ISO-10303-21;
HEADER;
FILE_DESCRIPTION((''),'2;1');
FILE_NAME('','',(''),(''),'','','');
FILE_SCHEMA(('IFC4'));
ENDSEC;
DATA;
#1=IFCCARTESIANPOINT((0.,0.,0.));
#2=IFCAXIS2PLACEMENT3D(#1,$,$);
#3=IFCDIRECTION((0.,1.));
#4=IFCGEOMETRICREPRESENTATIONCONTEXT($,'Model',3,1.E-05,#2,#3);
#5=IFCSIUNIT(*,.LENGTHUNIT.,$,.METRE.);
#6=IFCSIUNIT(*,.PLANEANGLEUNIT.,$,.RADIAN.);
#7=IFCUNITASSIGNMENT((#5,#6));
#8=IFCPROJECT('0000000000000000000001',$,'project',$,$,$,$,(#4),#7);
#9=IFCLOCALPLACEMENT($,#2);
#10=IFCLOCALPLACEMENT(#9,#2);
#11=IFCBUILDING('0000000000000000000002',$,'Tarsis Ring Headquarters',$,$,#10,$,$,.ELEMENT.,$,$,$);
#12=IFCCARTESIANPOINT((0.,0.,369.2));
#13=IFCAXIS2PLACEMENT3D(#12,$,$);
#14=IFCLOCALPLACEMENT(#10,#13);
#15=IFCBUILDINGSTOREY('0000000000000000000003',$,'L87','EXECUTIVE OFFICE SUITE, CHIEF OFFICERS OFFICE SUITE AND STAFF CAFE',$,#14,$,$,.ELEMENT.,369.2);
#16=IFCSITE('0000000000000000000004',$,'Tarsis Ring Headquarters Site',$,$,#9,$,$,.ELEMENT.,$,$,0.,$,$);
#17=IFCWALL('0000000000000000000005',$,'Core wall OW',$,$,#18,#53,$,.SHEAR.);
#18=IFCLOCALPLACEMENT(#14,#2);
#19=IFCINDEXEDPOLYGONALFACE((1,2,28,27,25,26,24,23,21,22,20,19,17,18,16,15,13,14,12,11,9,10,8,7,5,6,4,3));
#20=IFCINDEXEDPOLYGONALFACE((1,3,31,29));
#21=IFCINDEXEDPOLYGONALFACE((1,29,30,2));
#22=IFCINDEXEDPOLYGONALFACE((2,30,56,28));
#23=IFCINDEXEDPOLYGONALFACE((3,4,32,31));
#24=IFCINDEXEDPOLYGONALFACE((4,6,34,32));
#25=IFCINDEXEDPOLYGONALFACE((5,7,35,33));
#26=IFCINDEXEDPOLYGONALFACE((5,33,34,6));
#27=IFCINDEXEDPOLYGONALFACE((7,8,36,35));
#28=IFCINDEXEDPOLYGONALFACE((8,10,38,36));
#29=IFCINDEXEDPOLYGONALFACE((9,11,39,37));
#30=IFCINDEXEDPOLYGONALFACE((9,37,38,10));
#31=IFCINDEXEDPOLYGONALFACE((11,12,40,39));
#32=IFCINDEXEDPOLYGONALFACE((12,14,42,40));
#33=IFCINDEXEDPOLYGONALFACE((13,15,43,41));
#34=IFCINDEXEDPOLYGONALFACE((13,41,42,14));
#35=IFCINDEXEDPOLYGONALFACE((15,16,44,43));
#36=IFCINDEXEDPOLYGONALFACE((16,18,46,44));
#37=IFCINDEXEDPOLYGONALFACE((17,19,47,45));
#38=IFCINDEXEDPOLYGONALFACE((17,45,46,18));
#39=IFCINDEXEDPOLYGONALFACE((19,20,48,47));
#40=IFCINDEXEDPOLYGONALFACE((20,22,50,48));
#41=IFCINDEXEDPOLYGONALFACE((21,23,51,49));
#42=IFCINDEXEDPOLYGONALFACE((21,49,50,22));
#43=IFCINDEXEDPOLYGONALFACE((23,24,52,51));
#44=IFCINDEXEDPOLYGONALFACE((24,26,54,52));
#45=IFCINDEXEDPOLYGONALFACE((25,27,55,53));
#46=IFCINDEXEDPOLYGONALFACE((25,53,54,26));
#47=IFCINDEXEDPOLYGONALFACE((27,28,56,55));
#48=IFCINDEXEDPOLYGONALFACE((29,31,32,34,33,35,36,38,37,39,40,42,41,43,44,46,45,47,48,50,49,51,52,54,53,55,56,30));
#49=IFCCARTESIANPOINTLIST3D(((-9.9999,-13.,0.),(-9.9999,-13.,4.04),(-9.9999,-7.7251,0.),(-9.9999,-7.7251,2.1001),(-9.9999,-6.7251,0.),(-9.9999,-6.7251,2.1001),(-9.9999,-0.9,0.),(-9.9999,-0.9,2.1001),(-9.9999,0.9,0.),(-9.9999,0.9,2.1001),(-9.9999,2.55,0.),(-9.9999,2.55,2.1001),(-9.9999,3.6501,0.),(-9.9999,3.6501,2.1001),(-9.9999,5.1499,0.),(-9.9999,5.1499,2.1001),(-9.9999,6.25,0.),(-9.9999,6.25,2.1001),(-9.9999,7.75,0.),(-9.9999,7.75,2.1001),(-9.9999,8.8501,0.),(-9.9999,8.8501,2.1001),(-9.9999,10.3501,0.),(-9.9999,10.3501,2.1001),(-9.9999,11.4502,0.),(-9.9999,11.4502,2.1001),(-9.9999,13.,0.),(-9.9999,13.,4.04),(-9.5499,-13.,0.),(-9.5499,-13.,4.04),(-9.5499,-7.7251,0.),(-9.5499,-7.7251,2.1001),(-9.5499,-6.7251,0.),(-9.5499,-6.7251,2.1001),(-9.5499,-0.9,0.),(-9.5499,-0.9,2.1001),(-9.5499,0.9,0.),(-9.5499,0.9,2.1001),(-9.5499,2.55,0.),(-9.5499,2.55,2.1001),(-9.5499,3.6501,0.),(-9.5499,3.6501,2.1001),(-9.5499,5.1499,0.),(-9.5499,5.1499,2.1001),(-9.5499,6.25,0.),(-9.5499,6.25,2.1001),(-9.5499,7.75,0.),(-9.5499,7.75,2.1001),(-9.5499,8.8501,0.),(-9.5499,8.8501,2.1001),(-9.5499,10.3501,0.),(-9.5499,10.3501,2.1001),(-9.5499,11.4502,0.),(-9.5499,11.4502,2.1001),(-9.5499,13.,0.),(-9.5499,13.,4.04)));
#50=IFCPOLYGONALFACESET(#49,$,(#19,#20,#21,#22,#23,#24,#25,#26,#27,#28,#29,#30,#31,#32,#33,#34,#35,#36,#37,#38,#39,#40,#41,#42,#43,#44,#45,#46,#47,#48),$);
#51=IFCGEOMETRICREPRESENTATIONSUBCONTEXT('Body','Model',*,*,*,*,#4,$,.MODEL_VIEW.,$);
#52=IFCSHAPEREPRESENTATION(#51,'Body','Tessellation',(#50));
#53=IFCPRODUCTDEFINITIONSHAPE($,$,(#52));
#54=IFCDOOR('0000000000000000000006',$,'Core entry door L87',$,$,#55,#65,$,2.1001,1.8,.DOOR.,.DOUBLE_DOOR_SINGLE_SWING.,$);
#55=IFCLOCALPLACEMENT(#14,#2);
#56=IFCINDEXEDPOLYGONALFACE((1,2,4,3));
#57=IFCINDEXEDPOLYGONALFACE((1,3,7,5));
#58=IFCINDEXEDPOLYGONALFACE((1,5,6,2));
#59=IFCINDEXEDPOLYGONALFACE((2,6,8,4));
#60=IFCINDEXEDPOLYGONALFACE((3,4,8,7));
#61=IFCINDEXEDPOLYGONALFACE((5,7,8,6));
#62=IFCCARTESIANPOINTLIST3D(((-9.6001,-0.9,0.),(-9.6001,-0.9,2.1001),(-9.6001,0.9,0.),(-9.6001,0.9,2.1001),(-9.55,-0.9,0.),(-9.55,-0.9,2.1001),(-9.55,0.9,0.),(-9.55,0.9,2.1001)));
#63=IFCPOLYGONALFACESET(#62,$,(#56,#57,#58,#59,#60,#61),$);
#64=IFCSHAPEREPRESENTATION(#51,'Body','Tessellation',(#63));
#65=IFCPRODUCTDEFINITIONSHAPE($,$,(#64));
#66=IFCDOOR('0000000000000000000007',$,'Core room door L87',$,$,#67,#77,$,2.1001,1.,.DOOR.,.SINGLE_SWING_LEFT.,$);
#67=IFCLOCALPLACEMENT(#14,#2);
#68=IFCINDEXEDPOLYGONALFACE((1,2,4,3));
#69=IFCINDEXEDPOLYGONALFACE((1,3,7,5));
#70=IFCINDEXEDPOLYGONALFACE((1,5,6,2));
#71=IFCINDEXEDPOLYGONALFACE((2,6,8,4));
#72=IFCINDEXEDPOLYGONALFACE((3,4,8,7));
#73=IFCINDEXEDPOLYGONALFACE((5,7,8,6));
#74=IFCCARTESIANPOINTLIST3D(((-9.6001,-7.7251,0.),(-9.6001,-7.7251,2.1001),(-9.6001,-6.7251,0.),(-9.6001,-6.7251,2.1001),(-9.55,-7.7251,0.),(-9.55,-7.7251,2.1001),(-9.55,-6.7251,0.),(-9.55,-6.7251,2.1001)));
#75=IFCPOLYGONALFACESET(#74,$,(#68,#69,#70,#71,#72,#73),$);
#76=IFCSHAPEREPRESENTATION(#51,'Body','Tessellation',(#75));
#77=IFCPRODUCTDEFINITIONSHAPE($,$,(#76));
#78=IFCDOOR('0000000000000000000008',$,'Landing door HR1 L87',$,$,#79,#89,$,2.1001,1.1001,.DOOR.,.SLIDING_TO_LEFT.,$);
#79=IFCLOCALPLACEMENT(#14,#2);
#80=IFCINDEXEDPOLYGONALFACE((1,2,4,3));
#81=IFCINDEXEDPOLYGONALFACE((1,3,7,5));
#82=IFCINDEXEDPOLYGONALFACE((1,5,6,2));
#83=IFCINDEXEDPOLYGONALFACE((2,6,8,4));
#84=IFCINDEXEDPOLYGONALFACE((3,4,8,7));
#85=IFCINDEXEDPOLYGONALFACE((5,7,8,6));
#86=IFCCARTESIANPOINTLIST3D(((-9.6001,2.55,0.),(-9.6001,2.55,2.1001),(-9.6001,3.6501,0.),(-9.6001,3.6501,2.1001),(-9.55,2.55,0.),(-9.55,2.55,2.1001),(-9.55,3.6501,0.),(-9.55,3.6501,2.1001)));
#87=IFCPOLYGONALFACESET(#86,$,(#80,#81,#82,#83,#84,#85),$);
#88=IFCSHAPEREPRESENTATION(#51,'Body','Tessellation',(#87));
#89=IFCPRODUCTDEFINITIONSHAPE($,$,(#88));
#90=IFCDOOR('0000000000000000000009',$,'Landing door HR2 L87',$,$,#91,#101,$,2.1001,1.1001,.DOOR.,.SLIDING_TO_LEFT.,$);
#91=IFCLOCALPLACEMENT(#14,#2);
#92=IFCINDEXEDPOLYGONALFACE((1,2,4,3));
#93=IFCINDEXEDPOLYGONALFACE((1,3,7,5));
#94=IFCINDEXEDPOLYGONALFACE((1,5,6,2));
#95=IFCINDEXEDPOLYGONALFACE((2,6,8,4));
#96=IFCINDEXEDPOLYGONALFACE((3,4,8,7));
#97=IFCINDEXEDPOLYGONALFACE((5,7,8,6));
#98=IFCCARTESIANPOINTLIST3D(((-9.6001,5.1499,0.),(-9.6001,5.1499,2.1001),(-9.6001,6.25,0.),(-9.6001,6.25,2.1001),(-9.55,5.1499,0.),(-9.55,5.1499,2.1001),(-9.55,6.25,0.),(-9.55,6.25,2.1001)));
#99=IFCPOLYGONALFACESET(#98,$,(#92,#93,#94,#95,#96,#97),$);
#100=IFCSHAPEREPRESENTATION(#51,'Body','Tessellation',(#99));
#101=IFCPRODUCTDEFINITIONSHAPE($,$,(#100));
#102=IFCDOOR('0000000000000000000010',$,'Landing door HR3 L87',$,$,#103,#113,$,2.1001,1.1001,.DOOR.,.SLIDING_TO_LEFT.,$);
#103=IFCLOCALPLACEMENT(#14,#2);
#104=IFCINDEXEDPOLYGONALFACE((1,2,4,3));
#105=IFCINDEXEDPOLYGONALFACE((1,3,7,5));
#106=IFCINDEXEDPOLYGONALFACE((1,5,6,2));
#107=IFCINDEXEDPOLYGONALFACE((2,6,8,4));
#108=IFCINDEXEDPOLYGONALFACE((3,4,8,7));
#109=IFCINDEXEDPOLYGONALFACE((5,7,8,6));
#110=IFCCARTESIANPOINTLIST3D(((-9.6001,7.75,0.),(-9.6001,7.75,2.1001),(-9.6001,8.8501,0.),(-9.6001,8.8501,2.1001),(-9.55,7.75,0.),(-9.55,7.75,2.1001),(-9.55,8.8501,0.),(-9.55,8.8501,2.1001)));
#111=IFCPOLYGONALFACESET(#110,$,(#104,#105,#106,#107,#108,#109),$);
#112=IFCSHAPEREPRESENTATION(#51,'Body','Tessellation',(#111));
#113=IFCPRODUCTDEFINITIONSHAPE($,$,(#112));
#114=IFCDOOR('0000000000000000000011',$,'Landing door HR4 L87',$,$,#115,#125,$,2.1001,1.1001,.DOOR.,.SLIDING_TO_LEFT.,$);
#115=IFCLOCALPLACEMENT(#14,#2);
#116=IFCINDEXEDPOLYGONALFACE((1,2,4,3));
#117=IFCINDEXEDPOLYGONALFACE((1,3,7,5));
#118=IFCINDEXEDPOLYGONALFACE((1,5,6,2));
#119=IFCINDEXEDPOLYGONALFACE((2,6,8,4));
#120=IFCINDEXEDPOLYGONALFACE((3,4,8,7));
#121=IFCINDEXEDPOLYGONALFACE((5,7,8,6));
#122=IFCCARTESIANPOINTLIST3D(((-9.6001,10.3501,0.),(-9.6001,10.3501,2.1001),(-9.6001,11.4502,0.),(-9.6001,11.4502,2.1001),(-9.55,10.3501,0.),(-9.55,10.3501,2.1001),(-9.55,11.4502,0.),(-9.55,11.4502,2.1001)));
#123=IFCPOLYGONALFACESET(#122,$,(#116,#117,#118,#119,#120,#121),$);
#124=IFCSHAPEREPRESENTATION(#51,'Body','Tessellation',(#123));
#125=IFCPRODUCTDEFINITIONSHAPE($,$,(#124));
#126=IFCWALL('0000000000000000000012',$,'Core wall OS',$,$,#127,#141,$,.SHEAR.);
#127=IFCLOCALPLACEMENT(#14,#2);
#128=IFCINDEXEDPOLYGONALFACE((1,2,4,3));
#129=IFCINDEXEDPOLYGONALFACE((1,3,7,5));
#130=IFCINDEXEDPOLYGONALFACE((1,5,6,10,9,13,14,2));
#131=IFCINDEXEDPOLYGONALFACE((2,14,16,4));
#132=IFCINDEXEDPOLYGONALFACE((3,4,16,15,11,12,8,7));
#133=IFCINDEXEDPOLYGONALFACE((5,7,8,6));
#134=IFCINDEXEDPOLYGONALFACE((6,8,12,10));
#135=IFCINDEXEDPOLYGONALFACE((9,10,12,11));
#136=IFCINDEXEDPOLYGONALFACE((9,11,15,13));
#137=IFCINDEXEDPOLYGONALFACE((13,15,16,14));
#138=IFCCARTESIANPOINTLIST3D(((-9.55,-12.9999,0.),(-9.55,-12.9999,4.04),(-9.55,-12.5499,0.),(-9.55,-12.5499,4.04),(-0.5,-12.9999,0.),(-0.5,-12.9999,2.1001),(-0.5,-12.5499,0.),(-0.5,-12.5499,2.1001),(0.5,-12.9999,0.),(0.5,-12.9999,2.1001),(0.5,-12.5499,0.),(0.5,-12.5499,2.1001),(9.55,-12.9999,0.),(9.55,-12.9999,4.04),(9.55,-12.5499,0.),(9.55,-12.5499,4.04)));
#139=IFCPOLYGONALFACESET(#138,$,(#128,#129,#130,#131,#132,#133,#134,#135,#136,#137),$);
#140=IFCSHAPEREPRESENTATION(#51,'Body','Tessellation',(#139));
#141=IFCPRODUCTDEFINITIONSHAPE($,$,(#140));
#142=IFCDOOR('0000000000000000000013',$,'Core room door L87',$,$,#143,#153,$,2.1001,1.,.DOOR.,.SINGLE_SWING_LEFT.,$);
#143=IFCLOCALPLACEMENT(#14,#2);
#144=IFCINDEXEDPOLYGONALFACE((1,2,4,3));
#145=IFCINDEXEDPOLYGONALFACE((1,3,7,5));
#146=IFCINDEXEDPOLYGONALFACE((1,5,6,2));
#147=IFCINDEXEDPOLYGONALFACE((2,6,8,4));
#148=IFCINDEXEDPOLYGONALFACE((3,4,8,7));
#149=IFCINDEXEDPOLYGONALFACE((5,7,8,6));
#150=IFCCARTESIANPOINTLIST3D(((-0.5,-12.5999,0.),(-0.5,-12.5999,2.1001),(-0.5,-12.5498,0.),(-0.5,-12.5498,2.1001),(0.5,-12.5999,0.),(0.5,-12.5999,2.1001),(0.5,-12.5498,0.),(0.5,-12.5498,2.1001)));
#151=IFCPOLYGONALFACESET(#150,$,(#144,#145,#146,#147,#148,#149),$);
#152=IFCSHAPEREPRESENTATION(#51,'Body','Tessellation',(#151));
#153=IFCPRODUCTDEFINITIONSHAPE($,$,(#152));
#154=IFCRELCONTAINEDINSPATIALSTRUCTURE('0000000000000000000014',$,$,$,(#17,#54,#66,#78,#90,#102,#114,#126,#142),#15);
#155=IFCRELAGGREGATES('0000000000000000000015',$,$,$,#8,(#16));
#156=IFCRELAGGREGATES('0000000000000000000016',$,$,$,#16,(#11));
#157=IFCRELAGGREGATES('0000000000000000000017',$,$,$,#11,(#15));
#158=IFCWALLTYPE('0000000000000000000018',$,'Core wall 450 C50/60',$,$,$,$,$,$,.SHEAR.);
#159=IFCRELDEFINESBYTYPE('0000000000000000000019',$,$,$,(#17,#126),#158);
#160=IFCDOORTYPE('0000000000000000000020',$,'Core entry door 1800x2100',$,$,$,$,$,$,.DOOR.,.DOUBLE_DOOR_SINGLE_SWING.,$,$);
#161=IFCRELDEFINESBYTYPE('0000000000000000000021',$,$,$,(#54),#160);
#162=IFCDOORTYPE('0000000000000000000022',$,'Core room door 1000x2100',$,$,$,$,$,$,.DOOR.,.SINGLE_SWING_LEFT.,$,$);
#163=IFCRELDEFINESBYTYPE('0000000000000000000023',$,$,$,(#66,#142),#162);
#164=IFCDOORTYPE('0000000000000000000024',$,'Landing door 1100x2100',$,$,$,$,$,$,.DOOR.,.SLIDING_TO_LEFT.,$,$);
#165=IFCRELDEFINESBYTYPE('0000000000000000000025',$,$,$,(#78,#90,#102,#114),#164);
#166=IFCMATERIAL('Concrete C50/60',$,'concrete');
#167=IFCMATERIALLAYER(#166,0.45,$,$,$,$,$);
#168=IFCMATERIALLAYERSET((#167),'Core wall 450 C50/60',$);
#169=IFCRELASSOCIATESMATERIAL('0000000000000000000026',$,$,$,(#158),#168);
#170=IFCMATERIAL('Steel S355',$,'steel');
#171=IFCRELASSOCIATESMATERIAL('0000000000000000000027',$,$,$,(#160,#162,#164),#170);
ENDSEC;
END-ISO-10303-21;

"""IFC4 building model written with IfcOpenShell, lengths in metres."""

from ifc_helpers import new_model, si_unit, direction, frame, frame_2d, origin, place, context, subcontext, project, spatial, rectangle, extrude, material, layer, layer_set, type_object, element, fill, save


model = new_model("IFC4")

# Units and contexts
model_context = context("Model", 3, precision=1e-05, world=origin(), true_north=direction((0.0, 1.0)))
body_context = subcontext(model_context, "Body", "Model", "MODEL_VIEW")
ifc_project = project(units=[si_unit("LENGTHUNIT", "METRE"), si_unit("PLANEANGLEUNIT", "RADIAN")], contexts=[model_context])

# Site, building, storey
site_placement = place(None, origin())
site = spatial("IfcSite", under=ifc_project, at=site_placement, Name="Tarsis Ring Headquarters Site", CompositionType="ELEMENT", RefElevation=0.0)
building_placement = place(site_placement, origin())
building = spatial("IfcBuilding", under=site, at=building_placement, Name="Tarsis Ring Headquarters", CompositionType="ELEMENT")
storey_placement = place(building_placement, frame((0.0, 0.0, 369.2)))
storey = spatial("IfcBuildingStorey", under=building, at=storey_placement, Name="L87", Description="EXECUTIVE OFFICE SUITE, CHIEF OFFICERS OFFICE SUITE AND STAFF CAFE", CompositionType="ELEMENT", Elevation=369.2)

# Wall, openings, doors
ifc_material_1 = material(Name="Concrete C50/60", Category="concrete")
ifc_layer_1 = layer(ifc_material_1, 0.45)
ifc_layer_set_1 = layer_set([ifc_layer_1], Name="Core wall 450 C50/60")
wall_type_1 = type_object("IfcWallType", Name="Core wall 450 C50/60", PredefinedType="SHEAR", material=ifc_layer_set_1)
wall_1_placement = place(storey_placement, frame((-9.7749, -13.0, 0.0), z_axis=(0.0, 0.0, 1.0), x_axis=(0.0, 1.0, 0.0)))
wall_1 = element("IfcWall", 1, at=wall_1_placement, inside=storey, type_object=wall_type_1, Name="Core wall OW", PredefinedType="SHEAR", context=body_context, shape_type="SweptSolid", body=[
    extrude(rectangle(XDim=26.0, YDim=0.45, at=frame_2d((13.0, 0.0))), origin(), (0.0, 0.0, 1.0), 4.04),
])
opening_1_placement = place(wall_1_placement, frame((5.2749, 0.0, 0.0)))
opening_1 = element("IfcOpeningElement", 2, at=opening_1_placement, cuts=wall_1, PredefinedType="OPENING", context=body_context, shape_type="SweptSolid", body=[
    extrude(rectangle(XDim=1.0, YDim=2.1001, at=frame_2d((0.5, 1.05))), frame((0.0, 0.2349, 0.0), z_axis=(0.0, -1.0, 0.0), x_axis=(1.0, 0.0, 0.0)), (0.0, 0.0, 1.0), 0.47),
])
opening_2_placement = place(wall_1_placement, frame((12.1001, 0.0, 0.0)))
opening_2 = element("IfcOpeningElement", 3, at=opening_2_placement, cuts=wall_1, PredefinedType="OPENING", context=body_context, shape_type="SweptSolid", body=[
    extrude(rectangle(XDim=1.8, YDim=2.1001, at=frame_2d((0.8999, 1.05))), frame((0.0, 0.2349, 0.0), z_axis=(0.0, -1.0, 0.0), x_axis=(1.0, 0.0, 0.0)), (0.0, 0.0, 1.0), 0.47),
])
opening_3_placement = place(wall_1_placement, frame((15.55, 0.0, 0.0)))
opening_3 = element("IfcOpeningElement", 4, at=opening_3_placement, cuts=wall_1, PredefinedType="OPENING", context=body_context, shape_type="SweptSolid", body=[
    extrude(rectangle(XDim=1.1001, YDim=2.1001, at=frame_2d((0.55, 1.05))), frame((0.0, 0.2349, 0.0), z_axis=(0.0, -1.0, 0.0), x_axis=(1.0, 0.0, 0.0)), (0.0, 0.0, 1.0), 0.47),
])
opening_4_placement = place(wall_1_placement, frame((18.1499, 0.0, 0.0)))
opening_4 = element("IfcOpeningElement", 5, at=opening_4_placement, cuts=wall_1, PredefinedType="OPENING", context=body_context, shape_type="SweptSolid", body=[
    extrude(rectangle(XDim=1.1001, YDim=2.1001, at=frame_2d((0.55, 1.05))), frame((0.0, 0.2349, 0.0), z_axis=(0.0, -1.0, 0.0), x_axis=(1.0, 0.0, 0.0)), (0.0, 0.0, 1.0), 0.47),
])
opening_5_placement = place(wall_1_placement, frame((20.75, 0.0, 0.0)))
opening_5 = element("IfcOpeningElement", 6, at=opening_5_placement, cuts=wall_1, PredefinedType="OPENING", context=body_context, shape_type="SweptSolid", body=[
    extrude(rectangle(XDim=1.1001, YDim=2.1001, at=frame_2d((0.55, 1.05))), frame((0.0, 0.2349, 0.0), z_axis=(0.0, -1.0, 0.0), x_axis=(1.0, 0.0, 0.0)), (0.0, 0.0, 1.0), 0.47),
])
opening_6_placement = place(wall_1_placement, frame((23.3501, 0.0, 0.0)))
opening_6 = element("IfcOpeningElement", 7, at=opening_6_placement, cuts=wall_1, PredefinedType="OPENING", context=body_context, shape_type="SweptSolid", body=[
    extrude(rectangle(XDim=1.1001, YDim=2.1001, at=frame_2d((0.55, 1.05))), frame((0.0, 0.2349, 0.0), z_axis=(0.0, -1.0, 0.0), x_axis=(1.0, 0.0, 0.0)), (0.0, 0.0, 1.0), 0.47),
])
ifc_material_2 = material(Name="Steel S355", Category="steel")
door_type_1 = type_object("IfcDoorType", Name="Core entry door 1800x2100", OperationType="DOUBLE_DOOR_SINGLE_SWING", PredefinedType="DOOR", material=ifc_material_2)
door_1_placement = place(opening_2_placement, origin())
door_1 = element("IfcDoor", 8, at=door_1_placement, inside=storey, type_object=door_type_1, Name="Core entry door L87", OperationType="DOUBLE_DOOR_SINGLE_SWING", OverallHeight=2.1001, OverallWidth=1.8, PredefinedType="DOOR", context=body_context, shape_type="SweptSolid", body=[
    extrude(rectangle(XDim=1.8, YDim=2.1001, at=frame_2d((0.8999, 1.05))), frame((0.0, -0.1748, 0.0), z_axis=(0.0, -1.0, 0.0), x_axis=(1.0, 0.0, 0.0)), (0.0, 0.0, 1.0), 0.05),
])
fill(opening_2, door_1)
door_type_2 = type_object("IfcDoorType", Name="Core room door 1000x2100", OperationType="SINGLE_SWING_LEFT", PredefinedType="DOOR", material=ifc_material_2)
door_2_placement = place(opening_1_placement, origin())
door_2 = element("IfcDoor", 9, at=door_2_placement, inside=storey, type_object=door_type_2, Name="Core room door L87", OperationType="SINGLE_SWING_LEFT", OverallHeight=2.1001, OverallWidth=1.0, PredefinedType="DOOR", context=body_context, shape_type="SweptSolid", body=[
    extrude(rectangle(XDim=1.0, YDim=2.1001, at=frame_2d((0.5, 1.05))), frame((0.0, -0.1748, 0.0), z_axis=(0.0, -1.0, 0.0), x_axis=(1.0, 0.0, 0.0)), (0.0, 0.0, 1.0), 0.05),
])
fill(opening_1, door_2)
door_type_3 = type_object("IfcDoorType", Name="Landing door 1100x2100", OperationType="SLIDING_TO_LEFT", PredefinedType="DOOR", material=ifc_material_2)
door_3_placement = place(opening_3_placement, origin())
door_3 = element("IfcDoor", 10, at=door_3_placement, inside=storey, type_object=door_type_3, Name="Landing door HR1 L87", OperationType="SLIDING_TO_LEFT", OverallHeight=2.1001, OverallWidth=1.1001, PredefinedType="DOOR", context=body_context, shape_type="SweptSolid", body=[
    extrude(rectangle(XDim=1.1001, YDim=2.1001, at=frame_2d((0.55, 1.05))), frame((0.0, -0.1748, 0.0), z_axis=(0.0, -1.0, 0.0), x_axis=(1.0, 0.0, 0.0)), (0.0, 0.0, 1.0), 0.05),
])
fill(opening_3, door_3)
door_4_placement = place(opening_4_placement, origin())
door_4 = element("IfcDoor", 11, at=door_4_placement, inside=storey, type_object=door_type_3, Name="Landing door HR2 L87", OperationType="SLIDING_TO_LEFT", OverallHeight=2.1001, OverallWidth=1.1001, PredefinedType="DOOR", context=body_context, shape_type="SweptSolid", body=[
    extrude(rectangle(XDim=1.1001, YDim=2.1001, at=frame_2d((0.55, 1.05))), frame((0.0, -0.1748, 0.0), z_axis=(0.0, -1.0, 0.0), x_axis=(1.0, 0.0, 0.0)), (0.0, 0.0, 1.0), 0.05),
])
fill(opening_4, door_4)
door_5_placement = place(opening_5_placement, origin())
door_5 = element("IfcDoor", 12, at=door_5_placement, inside=storey, type_object=door_type_3, Name="Landing door HR3 L87", OperationType="SLIDING_TO_LEFT", OverallHeight=2.1001, OverallWidth=1.1001, PredefinedType="DOOR", context=body_context, shape_type="SweptSolid", body=[
    extrude(rectangle(XDim=1.1001, YDim=2.1001, at=frame_2d((0.55, 1.05))), frame((0.0, -0.1748, 0.0), z_axis=(0.0, -1.0, 0.0), x_axis=(1.0, 0.0, 0.0)), (0.0, 0.0, 1.0), 0.05),
])
fill(opening_5, door_5)
door_6_placement = place(opening_6_placement, origin())
door_6 = element("IfcDoor", 13, at=door_6_placement, inside=storey, type_object=door_type_3, Name="Landing door HR4 L87", OperationType="SLIDING_TO_LEFT", OverallHeight=2.1001, OverallWidth=1.1001, PredefinedType="DOOR", context=body_context, shape_type="SweptSolid", body=[
    extrude(rectangle(XDim=1.1001, YDim=2.1001, at=frame_2d((0.55, 1.05))), frame((0.0, -0.1748, 0.0), z_axis=(0.0, -1.0, 0.0), x_axis=(1.0, 0.0, 0.0)), (0.0, 0.0, 1.0), 0.05),
])
fill(opening_6, door_6)

# Wall, opening, door
wall_2_placement = place(storey_placement, frame((-9.55, -12.7749, 0.0), z_axis=(0.0, 0.0, 1.0), x_axis=(1.0, 0.0, 0.0)))
wall_2 = element("IfcWall", 14, at=wall_2_placement, inside=storey, type_object=wall_type_1, Name="Core wall OS", PredefinedType="SHEAR", context=body_context, shape_type="SweptSolid", body=[
    extrude(rectangle(XDim=19.1001, YDim=0.45, at=frame_2d((9.55, 0.0))), origin(), (0.0, 0.0, 1.0), 4.04),
])
opening_7_placement = place(wall_2_placement, frame((9.05, 0.0, 0.0)))
opening_7 = element("IfcOpeningElement", 15, at=opening_7_placement, cuts=wall_2, PredefinedType="OPENING", context=body_context, shape_type="SweptSolid", body=[
    extrude(rectangle(XDim=1.0, YDim=2.1001, at=frame_2d((0.5, 1.05))), frame((0.0, 0.2349, 0.0), z_axis=(0.0, -1.0, 0.0), x_axis=(1.0, 0.0, 0.0)), (0.0, 0.0, 1.0), 0.47),
])
door_7_placement = place(opening_7_placement, origin())
door_7 = element("IfcDoor", 16, at=door_7_placement, inside=storey, type_object=door_type_2, Name="Core room door L87", OperationType="SINGLE_SWING_LEFT", OverallHeight=2.1001, OverallWidth=1.0, PredefinedType="DOOR", context=body_context, shape_type="SweptSolid", body=[
    extrude(rectangle(XDim=1.0, YDim=2.1001, at=frame_2d((0.5, 1.05))), frame((0.0, 0.2251, 0.0), z_axis=(0.0, -1.0, 0.0), x_axis=(1.0, 0.0, 0.0)), (0.0, 0.0, 1.0), 0.05),
])
fill(opening_7, door_7)

save(model, "model.ifc")
